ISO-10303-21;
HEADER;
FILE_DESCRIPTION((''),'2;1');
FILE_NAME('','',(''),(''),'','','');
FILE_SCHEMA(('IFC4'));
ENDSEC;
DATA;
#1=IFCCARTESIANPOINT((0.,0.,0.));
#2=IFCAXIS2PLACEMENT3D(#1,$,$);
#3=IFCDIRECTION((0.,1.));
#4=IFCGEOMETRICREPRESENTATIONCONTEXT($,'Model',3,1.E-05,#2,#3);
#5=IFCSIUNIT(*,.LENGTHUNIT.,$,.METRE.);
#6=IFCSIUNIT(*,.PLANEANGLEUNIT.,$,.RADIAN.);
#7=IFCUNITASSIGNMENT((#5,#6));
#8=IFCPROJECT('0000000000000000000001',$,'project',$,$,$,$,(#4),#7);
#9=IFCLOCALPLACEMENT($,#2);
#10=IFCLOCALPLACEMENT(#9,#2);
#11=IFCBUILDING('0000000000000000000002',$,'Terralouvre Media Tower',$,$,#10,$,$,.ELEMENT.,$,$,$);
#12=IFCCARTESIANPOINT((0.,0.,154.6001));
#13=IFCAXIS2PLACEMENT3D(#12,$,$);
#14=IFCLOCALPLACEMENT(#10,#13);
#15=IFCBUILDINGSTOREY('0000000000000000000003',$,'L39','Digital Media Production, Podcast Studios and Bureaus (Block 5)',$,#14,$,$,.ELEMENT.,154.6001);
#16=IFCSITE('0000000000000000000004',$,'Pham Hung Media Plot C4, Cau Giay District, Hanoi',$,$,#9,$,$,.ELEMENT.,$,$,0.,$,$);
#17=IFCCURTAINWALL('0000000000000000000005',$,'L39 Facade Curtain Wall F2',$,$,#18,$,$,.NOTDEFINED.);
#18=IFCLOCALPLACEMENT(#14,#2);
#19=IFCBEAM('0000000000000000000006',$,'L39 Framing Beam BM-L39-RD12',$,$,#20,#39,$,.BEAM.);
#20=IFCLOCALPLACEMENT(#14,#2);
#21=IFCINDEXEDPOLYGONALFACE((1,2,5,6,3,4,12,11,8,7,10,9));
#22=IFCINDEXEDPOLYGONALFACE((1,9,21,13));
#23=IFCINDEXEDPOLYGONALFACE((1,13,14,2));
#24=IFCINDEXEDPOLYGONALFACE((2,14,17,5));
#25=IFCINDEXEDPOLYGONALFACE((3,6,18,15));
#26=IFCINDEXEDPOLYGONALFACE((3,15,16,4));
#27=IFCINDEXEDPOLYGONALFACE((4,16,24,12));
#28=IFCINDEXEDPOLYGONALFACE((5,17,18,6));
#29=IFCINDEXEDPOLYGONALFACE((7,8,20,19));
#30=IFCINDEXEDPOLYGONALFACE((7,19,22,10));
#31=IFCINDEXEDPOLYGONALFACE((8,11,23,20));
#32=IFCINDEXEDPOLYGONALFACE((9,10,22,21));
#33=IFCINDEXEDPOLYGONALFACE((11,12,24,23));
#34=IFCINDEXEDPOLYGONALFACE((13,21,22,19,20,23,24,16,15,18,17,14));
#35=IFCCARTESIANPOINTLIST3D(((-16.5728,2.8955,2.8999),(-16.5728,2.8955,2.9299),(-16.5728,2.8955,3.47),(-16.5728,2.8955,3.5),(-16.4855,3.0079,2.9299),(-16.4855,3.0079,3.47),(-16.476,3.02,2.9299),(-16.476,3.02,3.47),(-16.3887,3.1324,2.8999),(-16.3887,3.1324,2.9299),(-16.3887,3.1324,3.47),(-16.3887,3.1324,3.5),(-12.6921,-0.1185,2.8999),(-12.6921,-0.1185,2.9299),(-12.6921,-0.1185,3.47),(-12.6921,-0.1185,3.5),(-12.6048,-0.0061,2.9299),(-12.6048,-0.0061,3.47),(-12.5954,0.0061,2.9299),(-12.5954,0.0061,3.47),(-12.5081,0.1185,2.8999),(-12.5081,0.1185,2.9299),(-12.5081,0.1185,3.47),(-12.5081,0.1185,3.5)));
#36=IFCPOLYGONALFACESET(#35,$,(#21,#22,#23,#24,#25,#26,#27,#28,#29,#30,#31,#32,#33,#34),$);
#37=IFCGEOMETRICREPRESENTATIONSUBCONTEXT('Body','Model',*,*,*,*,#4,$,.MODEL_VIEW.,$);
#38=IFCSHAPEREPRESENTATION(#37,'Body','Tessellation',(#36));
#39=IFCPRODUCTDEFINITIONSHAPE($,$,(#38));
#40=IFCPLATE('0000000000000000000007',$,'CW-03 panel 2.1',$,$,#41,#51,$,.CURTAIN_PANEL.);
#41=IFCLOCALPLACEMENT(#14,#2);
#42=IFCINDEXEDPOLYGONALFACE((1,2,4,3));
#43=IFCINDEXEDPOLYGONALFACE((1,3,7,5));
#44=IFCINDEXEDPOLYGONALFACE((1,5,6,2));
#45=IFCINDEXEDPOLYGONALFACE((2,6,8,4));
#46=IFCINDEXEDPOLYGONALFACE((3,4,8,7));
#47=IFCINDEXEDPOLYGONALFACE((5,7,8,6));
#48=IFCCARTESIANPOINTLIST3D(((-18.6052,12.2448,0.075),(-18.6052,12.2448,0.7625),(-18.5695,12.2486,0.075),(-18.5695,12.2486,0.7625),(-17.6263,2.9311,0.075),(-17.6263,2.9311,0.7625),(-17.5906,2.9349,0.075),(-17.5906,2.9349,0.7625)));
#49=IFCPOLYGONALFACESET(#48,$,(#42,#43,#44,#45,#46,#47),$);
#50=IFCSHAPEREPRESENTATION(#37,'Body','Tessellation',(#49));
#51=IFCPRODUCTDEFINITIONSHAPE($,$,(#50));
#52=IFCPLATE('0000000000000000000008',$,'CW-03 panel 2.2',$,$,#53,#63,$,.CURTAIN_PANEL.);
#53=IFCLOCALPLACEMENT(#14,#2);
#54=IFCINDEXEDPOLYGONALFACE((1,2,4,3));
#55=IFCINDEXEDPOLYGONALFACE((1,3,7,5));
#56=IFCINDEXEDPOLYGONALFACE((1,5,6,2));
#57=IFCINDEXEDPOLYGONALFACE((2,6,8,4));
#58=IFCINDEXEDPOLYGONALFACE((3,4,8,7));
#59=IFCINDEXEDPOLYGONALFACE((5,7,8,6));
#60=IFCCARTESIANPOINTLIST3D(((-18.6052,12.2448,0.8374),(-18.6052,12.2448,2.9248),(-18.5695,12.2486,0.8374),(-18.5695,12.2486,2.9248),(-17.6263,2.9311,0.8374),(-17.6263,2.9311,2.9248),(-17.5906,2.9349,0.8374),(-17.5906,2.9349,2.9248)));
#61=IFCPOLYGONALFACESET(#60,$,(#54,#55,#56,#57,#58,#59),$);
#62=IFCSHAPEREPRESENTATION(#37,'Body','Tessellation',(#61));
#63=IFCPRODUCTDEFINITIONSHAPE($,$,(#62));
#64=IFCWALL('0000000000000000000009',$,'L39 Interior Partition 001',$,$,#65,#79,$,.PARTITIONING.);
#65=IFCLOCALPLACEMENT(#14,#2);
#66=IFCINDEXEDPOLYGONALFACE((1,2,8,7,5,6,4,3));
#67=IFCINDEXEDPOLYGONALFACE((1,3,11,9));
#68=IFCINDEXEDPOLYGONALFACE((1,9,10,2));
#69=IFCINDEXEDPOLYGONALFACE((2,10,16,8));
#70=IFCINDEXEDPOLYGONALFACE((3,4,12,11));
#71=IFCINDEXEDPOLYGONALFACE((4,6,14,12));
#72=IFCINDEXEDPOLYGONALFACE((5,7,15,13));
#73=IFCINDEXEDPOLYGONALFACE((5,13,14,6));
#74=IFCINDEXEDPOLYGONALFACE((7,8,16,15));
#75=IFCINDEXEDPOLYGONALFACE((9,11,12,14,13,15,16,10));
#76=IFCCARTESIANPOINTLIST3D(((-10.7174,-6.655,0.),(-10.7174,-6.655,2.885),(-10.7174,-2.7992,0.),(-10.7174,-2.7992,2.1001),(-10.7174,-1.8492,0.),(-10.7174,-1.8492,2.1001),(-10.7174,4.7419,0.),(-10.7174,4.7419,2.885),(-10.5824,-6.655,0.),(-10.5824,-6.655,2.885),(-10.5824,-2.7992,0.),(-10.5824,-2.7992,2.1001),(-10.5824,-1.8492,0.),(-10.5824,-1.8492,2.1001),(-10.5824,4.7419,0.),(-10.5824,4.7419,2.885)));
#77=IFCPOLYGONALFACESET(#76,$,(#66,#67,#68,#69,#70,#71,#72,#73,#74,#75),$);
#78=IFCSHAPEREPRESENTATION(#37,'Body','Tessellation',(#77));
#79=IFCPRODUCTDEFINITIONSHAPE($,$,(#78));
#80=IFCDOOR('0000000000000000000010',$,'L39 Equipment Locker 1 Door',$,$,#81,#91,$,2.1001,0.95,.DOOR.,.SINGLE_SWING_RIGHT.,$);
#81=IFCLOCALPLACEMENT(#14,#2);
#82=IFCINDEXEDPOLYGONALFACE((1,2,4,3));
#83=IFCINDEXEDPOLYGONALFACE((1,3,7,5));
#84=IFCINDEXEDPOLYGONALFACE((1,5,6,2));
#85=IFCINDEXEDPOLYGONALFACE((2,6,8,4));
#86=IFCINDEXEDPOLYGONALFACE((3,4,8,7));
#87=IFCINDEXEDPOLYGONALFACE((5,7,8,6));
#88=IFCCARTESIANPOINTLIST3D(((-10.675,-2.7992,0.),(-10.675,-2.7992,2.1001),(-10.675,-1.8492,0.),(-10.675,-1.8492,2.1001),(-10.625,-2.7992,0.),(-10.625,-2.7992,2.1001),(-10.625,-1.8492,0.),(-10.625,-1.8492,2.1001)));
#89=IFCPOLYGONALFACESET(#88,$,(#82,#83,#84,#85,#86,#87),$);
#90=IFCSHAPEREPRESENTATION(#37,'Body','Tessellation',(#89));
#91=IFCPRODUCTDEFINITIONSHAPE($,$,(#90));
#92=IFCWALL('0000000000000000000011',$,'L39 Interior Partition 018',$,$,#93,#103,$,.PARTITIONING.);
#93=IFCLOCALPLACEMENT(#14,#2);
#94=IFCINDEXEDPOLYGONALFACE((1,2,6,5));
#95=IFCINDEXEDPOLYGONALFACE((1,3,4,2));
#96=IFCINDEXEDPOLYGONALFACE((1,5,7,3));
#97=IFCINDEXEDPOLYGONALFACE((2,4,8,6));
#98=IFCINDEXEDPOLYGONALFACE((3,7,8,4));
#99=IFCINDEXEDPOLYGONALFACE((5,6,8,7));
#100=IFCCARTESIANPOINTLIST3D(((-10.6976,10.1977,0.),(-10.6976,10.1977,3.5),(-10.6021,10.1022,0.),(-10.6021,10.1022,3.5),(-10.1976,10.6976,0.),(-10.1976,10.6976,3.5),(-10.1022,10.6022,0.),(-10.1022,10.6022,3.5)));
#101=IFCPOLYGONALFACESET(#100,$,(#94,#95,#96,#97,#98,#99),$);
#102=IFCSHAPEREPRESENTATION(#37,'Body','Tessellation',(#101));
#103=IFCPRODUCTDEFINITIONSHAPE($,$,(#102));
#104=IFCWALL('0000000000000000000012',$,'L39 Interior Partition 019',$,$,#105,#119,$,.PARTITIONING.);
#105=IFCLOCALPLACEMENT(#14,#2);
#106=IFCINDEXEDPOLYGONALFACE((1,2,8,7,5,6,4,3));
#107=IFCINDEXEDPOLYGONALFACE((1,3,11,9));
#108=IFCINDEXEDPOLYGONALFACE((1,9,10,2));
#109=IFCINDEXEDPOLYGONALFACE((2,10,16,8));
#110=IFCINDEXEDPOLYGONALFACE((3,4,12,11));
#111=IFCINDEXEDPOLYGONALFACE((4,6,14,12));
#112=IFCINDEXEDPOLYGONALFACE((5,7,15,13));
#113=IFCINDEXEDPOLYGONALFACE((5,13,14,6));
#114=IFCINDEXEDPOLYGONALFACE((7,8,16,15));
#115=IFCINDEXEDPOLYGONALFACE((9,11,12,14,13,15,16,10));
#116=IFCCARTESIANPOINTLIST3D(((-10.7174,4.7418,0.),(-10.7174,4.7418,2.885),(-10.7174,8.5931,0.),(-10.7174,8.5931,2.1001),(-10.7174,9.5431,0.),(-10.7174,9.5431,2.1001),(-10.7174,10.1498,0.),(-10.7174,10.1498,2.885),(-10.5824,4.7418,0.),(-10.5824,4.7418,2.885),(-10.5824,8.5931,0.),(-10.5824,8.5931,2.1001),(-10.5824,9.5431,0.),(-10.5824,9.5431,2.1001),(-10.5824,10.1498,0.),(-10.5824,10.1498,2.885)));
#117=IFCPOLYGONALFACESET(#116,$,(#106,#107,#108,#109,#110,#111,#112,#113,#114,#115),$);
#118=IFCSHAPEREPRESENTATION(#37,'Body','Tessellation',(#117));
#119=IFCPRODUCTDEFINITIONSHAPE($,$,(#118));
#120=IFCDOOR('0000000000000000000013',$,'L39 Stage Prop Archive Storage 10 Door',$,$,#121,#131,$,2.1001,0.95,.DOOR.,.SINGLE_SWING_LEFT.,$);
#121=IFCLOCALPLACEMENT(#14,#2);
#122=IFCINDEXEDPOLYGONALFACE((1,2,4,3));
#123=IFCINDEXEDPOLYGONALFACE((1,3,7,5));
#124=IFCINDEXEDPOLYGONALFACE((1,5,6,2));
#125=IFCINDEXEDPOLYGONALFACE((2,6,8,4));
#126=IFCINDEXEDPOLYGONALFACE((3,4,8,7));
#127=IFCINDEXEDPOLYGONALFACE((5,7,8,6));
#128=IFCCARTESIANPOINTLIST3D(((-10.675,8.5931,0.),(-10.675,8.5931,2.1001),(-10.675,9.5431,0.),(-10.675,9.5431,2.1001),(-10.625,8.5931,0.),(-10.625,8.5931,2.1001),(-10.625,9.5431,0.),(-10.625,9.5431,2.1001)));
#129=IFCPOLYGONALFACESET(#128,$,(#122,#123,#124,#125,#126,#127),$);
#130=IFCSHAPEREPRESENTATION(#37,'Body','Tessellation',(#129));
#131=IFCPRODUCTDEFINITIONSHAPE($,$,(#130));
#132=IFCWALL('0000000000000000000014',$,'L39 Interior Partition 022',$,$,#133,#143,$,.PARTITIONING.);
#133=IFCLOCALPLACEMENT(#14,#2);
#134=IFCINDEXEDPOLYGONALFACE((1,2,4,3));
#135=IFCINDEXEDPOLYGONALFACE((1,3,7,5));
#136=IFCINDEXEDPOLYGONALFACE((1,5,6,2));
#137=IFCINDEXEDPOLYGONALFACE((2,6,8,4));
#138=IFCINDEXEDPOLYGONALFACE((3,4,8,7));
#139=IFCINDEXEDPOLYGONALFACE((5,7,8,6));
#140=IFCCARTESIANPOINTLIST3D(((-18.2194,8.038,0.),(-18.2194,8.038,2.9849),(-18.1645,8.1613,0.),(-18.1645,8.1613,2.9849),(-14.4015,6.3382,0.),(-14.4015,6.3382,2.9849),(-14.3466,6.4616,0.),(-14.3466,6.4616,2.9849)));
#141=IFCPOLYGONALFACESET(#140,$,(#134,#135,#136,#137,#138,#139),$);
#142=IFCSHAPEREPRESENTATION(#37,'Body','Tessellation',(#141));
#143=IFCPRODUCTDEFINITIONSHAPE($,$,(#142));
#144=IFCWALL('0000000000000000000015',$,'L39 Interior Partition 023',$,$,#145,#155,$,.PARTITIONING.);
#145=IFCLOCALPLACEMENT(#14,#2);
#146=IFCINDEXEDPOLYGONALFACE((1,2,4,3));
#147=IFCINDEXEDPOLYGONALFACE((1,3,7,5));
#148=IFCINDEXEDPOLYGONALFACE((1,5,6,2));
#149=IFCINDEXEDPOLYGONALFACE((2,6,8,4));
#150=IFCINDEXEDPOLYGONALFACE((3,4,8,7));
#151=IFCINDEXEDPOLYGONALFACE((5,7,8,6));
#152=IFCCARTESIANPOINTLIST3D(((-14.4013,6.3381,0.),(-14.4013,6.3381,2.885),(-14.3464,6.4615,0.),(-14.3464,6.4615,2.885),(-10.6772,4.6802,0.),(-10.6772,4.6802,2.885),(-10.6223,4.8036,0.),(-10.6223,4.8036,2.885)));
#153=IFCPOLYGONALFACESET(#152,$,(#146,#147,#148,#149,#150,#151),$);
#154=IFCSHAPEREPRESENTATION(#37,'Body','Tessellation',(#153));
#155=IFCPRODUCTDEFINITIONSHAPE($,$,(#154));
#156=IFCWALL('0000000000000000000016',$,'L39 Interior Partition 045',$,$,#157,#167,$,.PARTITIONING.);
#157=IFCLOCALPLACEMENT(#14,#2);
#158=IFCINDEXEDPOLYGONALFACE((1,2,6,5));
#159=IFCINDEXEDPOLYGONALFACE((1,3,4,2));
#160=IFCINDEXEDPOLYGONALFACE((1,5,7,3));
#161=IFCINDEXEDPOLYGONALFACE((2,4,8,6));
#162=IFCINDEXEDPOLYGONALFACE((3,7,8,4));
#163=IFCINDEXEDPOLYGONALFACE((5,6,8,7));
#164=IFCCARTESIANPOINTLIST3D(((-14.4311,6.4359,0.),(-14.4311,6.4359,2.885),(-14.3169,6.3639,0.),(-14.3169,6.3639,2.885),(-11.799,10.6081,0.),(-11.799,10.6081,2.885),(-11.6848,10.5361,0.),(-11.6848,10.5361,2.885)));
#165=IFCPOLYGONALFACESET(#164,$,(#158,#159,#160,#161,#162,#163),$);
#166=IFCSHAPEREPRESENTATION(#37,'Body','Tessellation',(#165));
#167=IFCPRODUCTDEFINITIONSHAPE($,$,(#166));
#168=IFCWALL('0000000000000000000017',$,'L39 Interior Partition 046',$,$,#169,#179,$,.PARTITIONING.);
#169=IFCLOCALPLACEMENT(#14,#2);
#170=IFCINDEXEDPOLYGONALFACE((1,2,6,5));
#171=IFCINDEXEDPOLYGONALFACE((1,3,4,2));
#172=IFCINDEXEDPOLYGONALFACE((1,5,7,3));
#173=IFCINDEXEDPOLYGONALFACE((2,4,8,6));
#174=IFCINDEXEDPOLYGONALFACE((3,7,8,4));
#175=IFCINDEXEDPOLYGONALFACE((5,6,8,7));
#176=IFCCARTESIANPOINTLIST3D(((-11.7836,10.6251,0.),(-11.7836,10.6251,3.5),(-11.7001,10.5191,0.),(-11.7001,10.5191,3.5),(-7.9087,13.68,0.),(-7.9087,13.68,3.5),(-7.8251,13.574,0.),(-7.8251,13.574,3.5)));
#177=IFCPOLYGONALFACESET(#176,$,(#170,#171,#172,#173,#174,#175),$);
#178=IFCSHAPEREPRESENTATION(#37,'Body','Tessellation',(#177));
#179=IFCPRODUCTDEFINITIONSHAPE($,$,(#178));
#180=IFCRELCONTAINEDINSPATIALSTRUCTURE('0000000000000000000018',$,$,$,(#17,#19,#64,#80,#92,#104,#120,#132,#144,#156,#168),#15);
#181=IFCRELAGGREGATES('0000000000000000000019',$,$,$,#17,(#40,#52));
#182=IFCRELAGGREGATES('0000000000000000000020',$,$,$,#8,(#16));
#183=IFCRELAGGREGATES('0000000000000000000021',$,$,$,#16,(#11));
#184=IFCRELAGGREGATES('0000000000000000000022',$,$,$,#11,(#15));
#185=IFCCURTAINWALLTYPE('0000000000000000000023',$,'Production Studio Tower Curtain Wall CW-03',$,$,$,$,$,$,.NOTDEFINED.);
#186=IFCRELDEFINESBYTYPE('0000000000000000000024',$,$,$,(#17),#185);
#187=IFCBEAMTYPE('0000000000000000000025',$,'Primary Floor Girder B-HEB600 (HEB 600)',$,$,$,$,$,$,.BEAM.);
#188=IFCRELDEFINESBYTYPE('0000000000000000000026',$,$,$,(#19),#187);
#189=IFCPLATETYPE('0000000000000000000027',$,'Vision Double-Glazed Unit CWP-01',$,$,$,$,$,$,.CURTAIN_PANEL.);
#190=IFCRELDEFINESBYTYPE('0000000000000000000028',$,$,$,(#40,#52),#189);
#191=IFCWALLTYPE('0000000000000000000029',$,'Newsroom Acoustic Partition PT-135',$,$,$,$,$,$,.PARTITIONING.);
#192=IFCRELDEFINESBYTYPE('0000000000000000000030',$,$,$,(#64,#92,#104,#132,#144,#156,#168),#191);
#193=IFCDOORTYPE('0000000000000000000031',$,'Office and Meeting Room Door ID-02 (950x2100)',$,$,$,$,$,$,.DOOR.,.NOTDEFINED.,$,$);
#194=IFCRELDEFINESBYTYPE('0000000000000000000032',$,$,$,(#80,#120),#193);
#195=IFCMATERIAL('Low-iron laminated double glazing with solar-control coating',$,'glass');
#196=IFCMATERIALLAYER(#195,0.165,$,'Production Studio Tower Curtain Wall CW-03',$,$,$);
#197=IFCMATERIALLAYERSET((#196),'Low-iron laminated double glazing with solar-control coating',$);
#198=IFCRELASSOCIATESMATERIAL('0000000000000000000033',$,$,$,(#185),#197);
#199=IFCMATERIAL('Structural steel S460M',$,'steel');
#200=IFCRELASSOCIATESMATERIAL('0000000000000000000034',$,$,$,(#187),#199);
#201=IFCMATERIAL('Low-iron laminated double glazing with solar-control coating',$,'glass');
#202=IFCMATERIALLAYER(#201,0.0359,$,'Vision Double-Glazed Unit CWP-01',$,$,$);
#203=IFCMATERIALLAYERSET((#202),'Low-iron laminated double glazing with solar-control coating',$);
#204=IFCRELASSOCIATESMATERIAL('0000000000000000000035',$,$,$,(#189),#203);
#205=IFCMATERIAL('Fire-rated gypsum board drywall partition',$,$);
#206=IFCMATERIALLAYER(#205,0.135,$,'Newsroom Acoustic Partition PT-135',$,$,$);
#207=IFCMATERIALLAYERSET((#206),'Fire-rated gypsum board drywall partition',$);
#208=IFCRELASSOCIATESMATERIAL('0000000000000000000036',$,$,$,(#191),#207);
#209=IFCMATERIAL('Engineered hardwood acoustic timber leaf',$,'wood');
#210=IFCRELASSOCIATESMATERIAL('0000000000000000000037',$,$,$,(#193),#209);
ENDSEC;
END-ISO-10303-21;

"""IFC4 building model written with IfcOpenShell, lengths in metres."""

from ifc_helpers import new_model, si_unit, direction, frame, frame_2d, origin, origin_2d, place, context, subcontext, project, spatial, rectangle, i_section, extrude, material, layer, layer_set, material_profile, profile_set, type_object, element, fill, aggregate, save


model = new_model("IFC4")

# Units and contexts
model_context = context("Model", 3, precision=1e-05, world=origin(), true_north=direction((0.0, 1.0)))
body_context = subcontext(model_context, "Body", "Model", "MODEL_VIEW")
ifc_project = project(units=[si_unit("LENGTHUNIT", "METRE"), si_unit("PLANEANGLEUNIT", "RADIAN")], contexts=[model_context])

# Site, building, storey
site_placement = place(None, origin())
site = spatial("IfcSite", under=ifc_project, at=site_placement, Name="Pham Hung Media Plot C4, Cau Giay District, Hanoi", CompositionType="ELEMENT", RefElevation=0.0)
building_placement = place(site_placement, origin())
building = spatial("IfcBuilding", under=site, at=building_placement, Name="Terralouvre Media Tower", CompositionType="ELEMENT")
storey_placement = place(building_placement, frame((0.0, 0.0, 154.6001)))
storey = spatial("IfcBuildingStorey", under=building, at=storey_placement, Name="L39", Description="Digital Media Production, Podcast Studios and Bureaus (Block 5)", CompositionType="ELEMENT", Elevation=154.6001)

# Curtain wall
ifc_material_1 = material(Name="Low-iron laminated double glazing with solar-control coating", Category="glass")
ifc_layer_1 = layer(ifc_material_1, 0.165, Name="Production Studio Tower Curtain Wall CW-03")
ifc_layer_set_1 = layer_set([ifc_layer_1], Name="Low-iron laminated double glazing with solar-control coating")
curtain_wall_type = type_object("IfcCurtainWallType", Name="Production Studio Tower Curtain Wall CW-03", PredefinedType="NOTDEFINED", material=ifc_layer_set_1)
curtain_wall_placement = place(storey_placement, origin())
curtain_wall = element("IfcCurtainWall", 1, at=curtain_wall_placement, inside=storey, type_object=curtain_wall_type, Name="L39 Facade Curtain Wall F2", PredefinedType="NOTDEFINED")

# Beam
ifc_material_2 = material(Name="Structural steel S460M", Category="steel")
ifc_material_profile_1 = material_profile(ifc_material_2, i_section(OverallWidth=0.3, OverallDepth=0.6001, WebThickness=0.0154, FlangeThickness=0.03, at=origin_2d()), Name="HEB 600")
ifc_profile_set_1 = profile_set([ifc_material_profile_1], Name="Structural steel S460M")
beam_type_1 = type_object("IfcBeamType", Name="Primary Floor Girder B-HEB600 (HEB 600)", PredefinedType="BEAM", material=ifc_profile_set_1)
beam_1_placement = place(storey_placement, frame((-12.6001, 0.0, 3.2), z_axis=(-0.78978, 0.61339, 0.0), x_axis=(-0.61339, -0.78978, 0.0)))
element("IfcBeam", 2, at=beam_1_placement, inside=storey, type_object=beam_type_1, Name="L39 Framing Beam BM-L39-RD12", PredefinedType="BEAM", context=body_context, shape_type="SweptSolid", body=[
    extrude(i_section(OverallWidth=0.3, OverallDepth=0.6001, WebThickness=0.0154, FlangeThickness=0.03, at=origin_2d()), origin(), (0.0, 0.0, 1.0), 4.9136),
])

# Plates
ifc_material_3 = material(Name="Low-iron laminated double glazing with solar-control coating", Category="glass")
ifc_layer_2 = layer(ifc_material_3, 0.0359, Name="Vision Double-Glazed Unit CWP-01")
ifc_layer_set_2 = layer_set([ifc_layer_2], Name="Low-iron laminated double glazing with solar-control coating")
plate_type = type_object("IfcPlateType", Name="Vision Double-Glazed Unit CWP-01", PredefinedType="CURTAIN_PANEL", material=ifc_layer_set_2)
plate_1_placement = place(storey_placement, frame((-18.0979, 7.5898, 0.075), z_axis=(0.0, 0.0, 1.0), x_axis=(0.104528, -0.994522, 0.0)))
plate_1 = element("IfcPlate", 3, at=plate_1_placement, type_object=plate_type, Name="CW-03 panel 2.1", PredefinedType="CURTAIN_PANEL", context=body_context, shape_type="SweptSolid", body=[
    extrude(rectangle(XDim=9.365, YDim=0.0359, at=origin_2d()), origin(), (0.0, 0.0, 1.0), 0.6875),
])
plate_2_placement = place(storey_placement, frame((-18.0979, 7.5898, 0.8374), z_axis=(0.0, 0.0, 1.0), x_axis=(0.104528, -0.994522, 0.0)))
plate_2 = element("IfcPlate", 4, at=plate_2_placement, type_object=plate_type, Name="CW-03 panel 2.2", PredefinedType="CURTAIN_PANEL", context=body_context, shape_type="SweptSolid", body=[
    extrude(rectangle(XDim=9.365, YDim=0.0359, at=origin_2d()), origin(), (0.0, 0.0, 1.0), 2.0874),
])
aggregate(curtain_wall, [plate_1, plate_2])

# Wall, opening, door
ifc_material_4 = material(Name="Fire-rated gypsum board drywall partition")
ifc_layer_3 = layer(ifc_material_4, 0.135, Name="Newsroom Acoustic Partition PT-135")
ifc_layer_set_3 = layer_set([ifc_layer_3], Name="Fire-rated gypsum board drywall partition")
wall_type = type_object("IfcWallType", Name="Newsroom Acoustic Partition PT-135", PredefinedType="PARTITIONING", material=ifc_layer_set_3)
wall_1_placement = place(storey_placement, frame((-10.6499, 4.7419, 0.0), z_axis=(0.0, 0.0, 1.0), x_axis=(0.0, -1.0, 0.0)))
wall_1 = element("IfcWall", 5, at=wall_1_placement, inside=storey, type_object=wall_type, Name="L39 Interior Partition 001", PredefinedType="PARTITIONING", context=body_context, shape_type="SweptSolid", body=[
    extrude(rectangle(XDim=11.397, YDim=0.135, at=frame_2d((5.6985, 0.0))), origin(), (0.0, 0.0, 1.0), 2.885),
])
opening_1_placement = place(wall_1_placement, frame((6.5911, 0.0, 0.0)))
opening_1 = element("IfcOpeningElement", 6, at=opening_1_placement, cuts=wall_1, PredefinedType="OPENING", context=body_context, shape_type="SweptSolid", body=[
    extrude(rectangle(XDim=0.95, YDim=2.1001, at=frame_2d((0.4751, 1.05))), frame((0.0, 0.0774, 0.0), z_axis=(0.0, -1.0, 0.0), x_axis=(1.0, 0.0, 0.0)), (0.0, 0.0, 1.0), 0.155),
])
ifc_material_5 = material(Name="Engineered hardwood acoustic timber leaf", Category="wood")
door_type = type_object("IfcDoorType", Name="Office and Meeting Room Door ID-02 (950x2100)", OperationType="NOTDEFINED", PredefinedType="DOOR", material=ifc_material_5)
door_1_placement = place(opening_1_placement, origin())
door_1 = element("IfcDoor", 7, at=door_1_placement, inside=storey, type_object=door_type, Name="L39 Equipment Locker 1 Door", OperationType="SINGLE_SWING_RIGHT", OverallHeight=2.1001, OverallWidth=0.95, PredefinedType="DOOR", context=body_context, shape_type="SweptSolid", body=[
    extrude(rectangle(XDim=0.95, YDim=2.1001, at=frame_2d((0.4751, 1.05))), frame((0.0, 0.0249, 0.0), z_axis=(0.0, -1.0, 0.0), x_axis=(1.0, 0.0, 0.0)), (0.0, 0.0, 1.0), 0.05),
])
fill(opening_1, door_1)

# Wall
wall_2_placement = place(storey_placement, frame((-10.1499, 10.6499, 0.0), z_axis=(0.0, 0.0, 1.0), x_axis=(-0.707107, -0.707107, 0.0)))
element("IfcWall", 8, at=wall_2_placement, inside=storey, type_object=wall_type, Name="L39 Interior Partition 018", PredefinedType="PARTITIONING", context=body_context, shape_type="SweptSolid", body=[
    extrude(rectangle(XDim=0.707, YDim=0.135, at=frame_2d((0.3535, 0.0))), origin(), (0.0, 0.0, 1.0), 3.5),
])

# Wall, opening, door
wall_3_placement = place(storey_placement, frame((-10.6499, 10.1499, 0.0), z_axis=(0.0, 0.0, 1.0), x_axis=(0.0, -1.0, 0.0)))
wall_3 = element("IfcWall", 9, at=wall_3_placement, inside=storey, type_object=wall_type, Name="L39 Interior Partition 019", PredefinedType="PARTITIONING", context=body_context, shape_type="SweptSolid", body=[
    extrude(rectangle(XDim=5.408, YDim=0.135, at=frame_2d((2.7041, 0.0))), origin(), (0.0, 0.0, 1.0), 2.885),
])
opening_2_placement = place(wall_3_placement, frame((0.6067, 0.0, 0.0)))
opening_2 = element("IfcOpeningElement", 10, at=opening_2_placement, cuts=wall_3, PredefinedType="OPENING", context=body_context, shape_type="SweptSolid", body=[
    extrude(rectangle(XDim=0.95, YDim=2.1001, at=frame_2d((0.4751, 1.05))), frame((0.0, 0.0774, 0.0), z_axis=(0.0, -1.0, 0.0), x_axis=(1.0, 0.0, 0.0)), (0.0, 0.0, 1.0), 0.155),
])
door_2_placement = place(opening_2_placement, origin())
door_2 = element("IfcDoor", 11, at=door_2_placement, inside=storey, type_object=door_type, Name="L39 Stage Prop Archive Storage 10 Door", OperationType="SINGLE_SWING_LEFT", OverallHeight=2.1001, OverallWidth=0.95, PredefinedType="DOOR", context=body_context, shape_type="SweptSolid", body=[
    extrude(rectangle(XDim=0.95, YDim=2.1001, at=frame_2d((0.4751, 1.05))), frame((0.0, 0.0249, 0.0), z_axis=(0.0, -1.0, 0.0), x_axis=(1.0, 0.0, 0.0)), (0.0, 0.0, 1.0), 0.05),
])
fill(opening_2, door_2)

# Walls
wall_4_placement = place(storey_placement, frame((-14.374, 6.3999, 0.0), z_axis=(0.0, 0.0, 1.0), x_axis=(-0.913556, 0.406713, 0.0)))
element("IfcWall", 12, at=wall_4_placement, inside=storey, type_object=wall_type, Name="L39 Interior Partition 022", PredefinedType="PARTITIONING", context=body_context, shape_type="SweptSolid", body=[
    extrude(rectangle(XDim=4.1792, YDim=0.135, at=frame_2d((2.0896, 0.0))), origin(), (0.0, 0.0, 1.0), 2.9849),
])
wall_5_placement = place(storey_placement, frame((-10.6499, 4.7419, 0.0), z_axis=(0.0, 0.0, 1.0), x_axis=(-0.913557, 0.406711, 0.0)))
element("IfcWall", 13, at=wall_5_placement, inside=storey, type_object=wall_type, Name="L39 Interior Partition 023", PredefinedType="PARTITIONING", context=body_context, shape_type="SweptSolid", body=[
    extrude(rectangle(XDim=4.0764, YDim=0.135, at=frame_2d((2.0381, 0.0))), origin(), (0.0, 0.0, 1.0), 2.885),
])
wall_6_placement = place(storey_placement, frame((-14.374, 6.3999, 0.0), z_axis=(0.0, 0.0, 1.0), x_axis=(0.533567, 0.845758, 0.0)))
element("IfcWall", 14, at=wall_6_placement, inside=storey, type_object=wall_type, Name="L39 Interior Partition 045", PredefinedType="PARTITIONING", context=body_context, shape_type="SweptSolid", body=[
    extrude(rectangle(XDim=4.9331, YDim=0.135, at=frame_2d((2.4666, 0.0))), origin(), (0.0, 0.0, 1.0), 2.885),
])
wall_7_placement = place(storey_placement, frame((-11.7419, 10.572, 0.0), z_axis=(0.0, 0.0, 1.0), x_axis=(0.785304, 0.61911, 0.0)))
element("IfcWall", 15, at=wall_7_placement, inside=storey, type_object=wall_type, Name="L39 Interior Partition 046", PredefinedType="PARTITIONING", context=body_context, shape_type="SweptSolid", body=[
    extrude(rectangle(XDim=4.9343, YDim=0.135, at=frame_2d((2.4673, 0.0))), origin(), (0.0, 0.0, 1.0), 3.5),
])

save(model, "model.ifc")
